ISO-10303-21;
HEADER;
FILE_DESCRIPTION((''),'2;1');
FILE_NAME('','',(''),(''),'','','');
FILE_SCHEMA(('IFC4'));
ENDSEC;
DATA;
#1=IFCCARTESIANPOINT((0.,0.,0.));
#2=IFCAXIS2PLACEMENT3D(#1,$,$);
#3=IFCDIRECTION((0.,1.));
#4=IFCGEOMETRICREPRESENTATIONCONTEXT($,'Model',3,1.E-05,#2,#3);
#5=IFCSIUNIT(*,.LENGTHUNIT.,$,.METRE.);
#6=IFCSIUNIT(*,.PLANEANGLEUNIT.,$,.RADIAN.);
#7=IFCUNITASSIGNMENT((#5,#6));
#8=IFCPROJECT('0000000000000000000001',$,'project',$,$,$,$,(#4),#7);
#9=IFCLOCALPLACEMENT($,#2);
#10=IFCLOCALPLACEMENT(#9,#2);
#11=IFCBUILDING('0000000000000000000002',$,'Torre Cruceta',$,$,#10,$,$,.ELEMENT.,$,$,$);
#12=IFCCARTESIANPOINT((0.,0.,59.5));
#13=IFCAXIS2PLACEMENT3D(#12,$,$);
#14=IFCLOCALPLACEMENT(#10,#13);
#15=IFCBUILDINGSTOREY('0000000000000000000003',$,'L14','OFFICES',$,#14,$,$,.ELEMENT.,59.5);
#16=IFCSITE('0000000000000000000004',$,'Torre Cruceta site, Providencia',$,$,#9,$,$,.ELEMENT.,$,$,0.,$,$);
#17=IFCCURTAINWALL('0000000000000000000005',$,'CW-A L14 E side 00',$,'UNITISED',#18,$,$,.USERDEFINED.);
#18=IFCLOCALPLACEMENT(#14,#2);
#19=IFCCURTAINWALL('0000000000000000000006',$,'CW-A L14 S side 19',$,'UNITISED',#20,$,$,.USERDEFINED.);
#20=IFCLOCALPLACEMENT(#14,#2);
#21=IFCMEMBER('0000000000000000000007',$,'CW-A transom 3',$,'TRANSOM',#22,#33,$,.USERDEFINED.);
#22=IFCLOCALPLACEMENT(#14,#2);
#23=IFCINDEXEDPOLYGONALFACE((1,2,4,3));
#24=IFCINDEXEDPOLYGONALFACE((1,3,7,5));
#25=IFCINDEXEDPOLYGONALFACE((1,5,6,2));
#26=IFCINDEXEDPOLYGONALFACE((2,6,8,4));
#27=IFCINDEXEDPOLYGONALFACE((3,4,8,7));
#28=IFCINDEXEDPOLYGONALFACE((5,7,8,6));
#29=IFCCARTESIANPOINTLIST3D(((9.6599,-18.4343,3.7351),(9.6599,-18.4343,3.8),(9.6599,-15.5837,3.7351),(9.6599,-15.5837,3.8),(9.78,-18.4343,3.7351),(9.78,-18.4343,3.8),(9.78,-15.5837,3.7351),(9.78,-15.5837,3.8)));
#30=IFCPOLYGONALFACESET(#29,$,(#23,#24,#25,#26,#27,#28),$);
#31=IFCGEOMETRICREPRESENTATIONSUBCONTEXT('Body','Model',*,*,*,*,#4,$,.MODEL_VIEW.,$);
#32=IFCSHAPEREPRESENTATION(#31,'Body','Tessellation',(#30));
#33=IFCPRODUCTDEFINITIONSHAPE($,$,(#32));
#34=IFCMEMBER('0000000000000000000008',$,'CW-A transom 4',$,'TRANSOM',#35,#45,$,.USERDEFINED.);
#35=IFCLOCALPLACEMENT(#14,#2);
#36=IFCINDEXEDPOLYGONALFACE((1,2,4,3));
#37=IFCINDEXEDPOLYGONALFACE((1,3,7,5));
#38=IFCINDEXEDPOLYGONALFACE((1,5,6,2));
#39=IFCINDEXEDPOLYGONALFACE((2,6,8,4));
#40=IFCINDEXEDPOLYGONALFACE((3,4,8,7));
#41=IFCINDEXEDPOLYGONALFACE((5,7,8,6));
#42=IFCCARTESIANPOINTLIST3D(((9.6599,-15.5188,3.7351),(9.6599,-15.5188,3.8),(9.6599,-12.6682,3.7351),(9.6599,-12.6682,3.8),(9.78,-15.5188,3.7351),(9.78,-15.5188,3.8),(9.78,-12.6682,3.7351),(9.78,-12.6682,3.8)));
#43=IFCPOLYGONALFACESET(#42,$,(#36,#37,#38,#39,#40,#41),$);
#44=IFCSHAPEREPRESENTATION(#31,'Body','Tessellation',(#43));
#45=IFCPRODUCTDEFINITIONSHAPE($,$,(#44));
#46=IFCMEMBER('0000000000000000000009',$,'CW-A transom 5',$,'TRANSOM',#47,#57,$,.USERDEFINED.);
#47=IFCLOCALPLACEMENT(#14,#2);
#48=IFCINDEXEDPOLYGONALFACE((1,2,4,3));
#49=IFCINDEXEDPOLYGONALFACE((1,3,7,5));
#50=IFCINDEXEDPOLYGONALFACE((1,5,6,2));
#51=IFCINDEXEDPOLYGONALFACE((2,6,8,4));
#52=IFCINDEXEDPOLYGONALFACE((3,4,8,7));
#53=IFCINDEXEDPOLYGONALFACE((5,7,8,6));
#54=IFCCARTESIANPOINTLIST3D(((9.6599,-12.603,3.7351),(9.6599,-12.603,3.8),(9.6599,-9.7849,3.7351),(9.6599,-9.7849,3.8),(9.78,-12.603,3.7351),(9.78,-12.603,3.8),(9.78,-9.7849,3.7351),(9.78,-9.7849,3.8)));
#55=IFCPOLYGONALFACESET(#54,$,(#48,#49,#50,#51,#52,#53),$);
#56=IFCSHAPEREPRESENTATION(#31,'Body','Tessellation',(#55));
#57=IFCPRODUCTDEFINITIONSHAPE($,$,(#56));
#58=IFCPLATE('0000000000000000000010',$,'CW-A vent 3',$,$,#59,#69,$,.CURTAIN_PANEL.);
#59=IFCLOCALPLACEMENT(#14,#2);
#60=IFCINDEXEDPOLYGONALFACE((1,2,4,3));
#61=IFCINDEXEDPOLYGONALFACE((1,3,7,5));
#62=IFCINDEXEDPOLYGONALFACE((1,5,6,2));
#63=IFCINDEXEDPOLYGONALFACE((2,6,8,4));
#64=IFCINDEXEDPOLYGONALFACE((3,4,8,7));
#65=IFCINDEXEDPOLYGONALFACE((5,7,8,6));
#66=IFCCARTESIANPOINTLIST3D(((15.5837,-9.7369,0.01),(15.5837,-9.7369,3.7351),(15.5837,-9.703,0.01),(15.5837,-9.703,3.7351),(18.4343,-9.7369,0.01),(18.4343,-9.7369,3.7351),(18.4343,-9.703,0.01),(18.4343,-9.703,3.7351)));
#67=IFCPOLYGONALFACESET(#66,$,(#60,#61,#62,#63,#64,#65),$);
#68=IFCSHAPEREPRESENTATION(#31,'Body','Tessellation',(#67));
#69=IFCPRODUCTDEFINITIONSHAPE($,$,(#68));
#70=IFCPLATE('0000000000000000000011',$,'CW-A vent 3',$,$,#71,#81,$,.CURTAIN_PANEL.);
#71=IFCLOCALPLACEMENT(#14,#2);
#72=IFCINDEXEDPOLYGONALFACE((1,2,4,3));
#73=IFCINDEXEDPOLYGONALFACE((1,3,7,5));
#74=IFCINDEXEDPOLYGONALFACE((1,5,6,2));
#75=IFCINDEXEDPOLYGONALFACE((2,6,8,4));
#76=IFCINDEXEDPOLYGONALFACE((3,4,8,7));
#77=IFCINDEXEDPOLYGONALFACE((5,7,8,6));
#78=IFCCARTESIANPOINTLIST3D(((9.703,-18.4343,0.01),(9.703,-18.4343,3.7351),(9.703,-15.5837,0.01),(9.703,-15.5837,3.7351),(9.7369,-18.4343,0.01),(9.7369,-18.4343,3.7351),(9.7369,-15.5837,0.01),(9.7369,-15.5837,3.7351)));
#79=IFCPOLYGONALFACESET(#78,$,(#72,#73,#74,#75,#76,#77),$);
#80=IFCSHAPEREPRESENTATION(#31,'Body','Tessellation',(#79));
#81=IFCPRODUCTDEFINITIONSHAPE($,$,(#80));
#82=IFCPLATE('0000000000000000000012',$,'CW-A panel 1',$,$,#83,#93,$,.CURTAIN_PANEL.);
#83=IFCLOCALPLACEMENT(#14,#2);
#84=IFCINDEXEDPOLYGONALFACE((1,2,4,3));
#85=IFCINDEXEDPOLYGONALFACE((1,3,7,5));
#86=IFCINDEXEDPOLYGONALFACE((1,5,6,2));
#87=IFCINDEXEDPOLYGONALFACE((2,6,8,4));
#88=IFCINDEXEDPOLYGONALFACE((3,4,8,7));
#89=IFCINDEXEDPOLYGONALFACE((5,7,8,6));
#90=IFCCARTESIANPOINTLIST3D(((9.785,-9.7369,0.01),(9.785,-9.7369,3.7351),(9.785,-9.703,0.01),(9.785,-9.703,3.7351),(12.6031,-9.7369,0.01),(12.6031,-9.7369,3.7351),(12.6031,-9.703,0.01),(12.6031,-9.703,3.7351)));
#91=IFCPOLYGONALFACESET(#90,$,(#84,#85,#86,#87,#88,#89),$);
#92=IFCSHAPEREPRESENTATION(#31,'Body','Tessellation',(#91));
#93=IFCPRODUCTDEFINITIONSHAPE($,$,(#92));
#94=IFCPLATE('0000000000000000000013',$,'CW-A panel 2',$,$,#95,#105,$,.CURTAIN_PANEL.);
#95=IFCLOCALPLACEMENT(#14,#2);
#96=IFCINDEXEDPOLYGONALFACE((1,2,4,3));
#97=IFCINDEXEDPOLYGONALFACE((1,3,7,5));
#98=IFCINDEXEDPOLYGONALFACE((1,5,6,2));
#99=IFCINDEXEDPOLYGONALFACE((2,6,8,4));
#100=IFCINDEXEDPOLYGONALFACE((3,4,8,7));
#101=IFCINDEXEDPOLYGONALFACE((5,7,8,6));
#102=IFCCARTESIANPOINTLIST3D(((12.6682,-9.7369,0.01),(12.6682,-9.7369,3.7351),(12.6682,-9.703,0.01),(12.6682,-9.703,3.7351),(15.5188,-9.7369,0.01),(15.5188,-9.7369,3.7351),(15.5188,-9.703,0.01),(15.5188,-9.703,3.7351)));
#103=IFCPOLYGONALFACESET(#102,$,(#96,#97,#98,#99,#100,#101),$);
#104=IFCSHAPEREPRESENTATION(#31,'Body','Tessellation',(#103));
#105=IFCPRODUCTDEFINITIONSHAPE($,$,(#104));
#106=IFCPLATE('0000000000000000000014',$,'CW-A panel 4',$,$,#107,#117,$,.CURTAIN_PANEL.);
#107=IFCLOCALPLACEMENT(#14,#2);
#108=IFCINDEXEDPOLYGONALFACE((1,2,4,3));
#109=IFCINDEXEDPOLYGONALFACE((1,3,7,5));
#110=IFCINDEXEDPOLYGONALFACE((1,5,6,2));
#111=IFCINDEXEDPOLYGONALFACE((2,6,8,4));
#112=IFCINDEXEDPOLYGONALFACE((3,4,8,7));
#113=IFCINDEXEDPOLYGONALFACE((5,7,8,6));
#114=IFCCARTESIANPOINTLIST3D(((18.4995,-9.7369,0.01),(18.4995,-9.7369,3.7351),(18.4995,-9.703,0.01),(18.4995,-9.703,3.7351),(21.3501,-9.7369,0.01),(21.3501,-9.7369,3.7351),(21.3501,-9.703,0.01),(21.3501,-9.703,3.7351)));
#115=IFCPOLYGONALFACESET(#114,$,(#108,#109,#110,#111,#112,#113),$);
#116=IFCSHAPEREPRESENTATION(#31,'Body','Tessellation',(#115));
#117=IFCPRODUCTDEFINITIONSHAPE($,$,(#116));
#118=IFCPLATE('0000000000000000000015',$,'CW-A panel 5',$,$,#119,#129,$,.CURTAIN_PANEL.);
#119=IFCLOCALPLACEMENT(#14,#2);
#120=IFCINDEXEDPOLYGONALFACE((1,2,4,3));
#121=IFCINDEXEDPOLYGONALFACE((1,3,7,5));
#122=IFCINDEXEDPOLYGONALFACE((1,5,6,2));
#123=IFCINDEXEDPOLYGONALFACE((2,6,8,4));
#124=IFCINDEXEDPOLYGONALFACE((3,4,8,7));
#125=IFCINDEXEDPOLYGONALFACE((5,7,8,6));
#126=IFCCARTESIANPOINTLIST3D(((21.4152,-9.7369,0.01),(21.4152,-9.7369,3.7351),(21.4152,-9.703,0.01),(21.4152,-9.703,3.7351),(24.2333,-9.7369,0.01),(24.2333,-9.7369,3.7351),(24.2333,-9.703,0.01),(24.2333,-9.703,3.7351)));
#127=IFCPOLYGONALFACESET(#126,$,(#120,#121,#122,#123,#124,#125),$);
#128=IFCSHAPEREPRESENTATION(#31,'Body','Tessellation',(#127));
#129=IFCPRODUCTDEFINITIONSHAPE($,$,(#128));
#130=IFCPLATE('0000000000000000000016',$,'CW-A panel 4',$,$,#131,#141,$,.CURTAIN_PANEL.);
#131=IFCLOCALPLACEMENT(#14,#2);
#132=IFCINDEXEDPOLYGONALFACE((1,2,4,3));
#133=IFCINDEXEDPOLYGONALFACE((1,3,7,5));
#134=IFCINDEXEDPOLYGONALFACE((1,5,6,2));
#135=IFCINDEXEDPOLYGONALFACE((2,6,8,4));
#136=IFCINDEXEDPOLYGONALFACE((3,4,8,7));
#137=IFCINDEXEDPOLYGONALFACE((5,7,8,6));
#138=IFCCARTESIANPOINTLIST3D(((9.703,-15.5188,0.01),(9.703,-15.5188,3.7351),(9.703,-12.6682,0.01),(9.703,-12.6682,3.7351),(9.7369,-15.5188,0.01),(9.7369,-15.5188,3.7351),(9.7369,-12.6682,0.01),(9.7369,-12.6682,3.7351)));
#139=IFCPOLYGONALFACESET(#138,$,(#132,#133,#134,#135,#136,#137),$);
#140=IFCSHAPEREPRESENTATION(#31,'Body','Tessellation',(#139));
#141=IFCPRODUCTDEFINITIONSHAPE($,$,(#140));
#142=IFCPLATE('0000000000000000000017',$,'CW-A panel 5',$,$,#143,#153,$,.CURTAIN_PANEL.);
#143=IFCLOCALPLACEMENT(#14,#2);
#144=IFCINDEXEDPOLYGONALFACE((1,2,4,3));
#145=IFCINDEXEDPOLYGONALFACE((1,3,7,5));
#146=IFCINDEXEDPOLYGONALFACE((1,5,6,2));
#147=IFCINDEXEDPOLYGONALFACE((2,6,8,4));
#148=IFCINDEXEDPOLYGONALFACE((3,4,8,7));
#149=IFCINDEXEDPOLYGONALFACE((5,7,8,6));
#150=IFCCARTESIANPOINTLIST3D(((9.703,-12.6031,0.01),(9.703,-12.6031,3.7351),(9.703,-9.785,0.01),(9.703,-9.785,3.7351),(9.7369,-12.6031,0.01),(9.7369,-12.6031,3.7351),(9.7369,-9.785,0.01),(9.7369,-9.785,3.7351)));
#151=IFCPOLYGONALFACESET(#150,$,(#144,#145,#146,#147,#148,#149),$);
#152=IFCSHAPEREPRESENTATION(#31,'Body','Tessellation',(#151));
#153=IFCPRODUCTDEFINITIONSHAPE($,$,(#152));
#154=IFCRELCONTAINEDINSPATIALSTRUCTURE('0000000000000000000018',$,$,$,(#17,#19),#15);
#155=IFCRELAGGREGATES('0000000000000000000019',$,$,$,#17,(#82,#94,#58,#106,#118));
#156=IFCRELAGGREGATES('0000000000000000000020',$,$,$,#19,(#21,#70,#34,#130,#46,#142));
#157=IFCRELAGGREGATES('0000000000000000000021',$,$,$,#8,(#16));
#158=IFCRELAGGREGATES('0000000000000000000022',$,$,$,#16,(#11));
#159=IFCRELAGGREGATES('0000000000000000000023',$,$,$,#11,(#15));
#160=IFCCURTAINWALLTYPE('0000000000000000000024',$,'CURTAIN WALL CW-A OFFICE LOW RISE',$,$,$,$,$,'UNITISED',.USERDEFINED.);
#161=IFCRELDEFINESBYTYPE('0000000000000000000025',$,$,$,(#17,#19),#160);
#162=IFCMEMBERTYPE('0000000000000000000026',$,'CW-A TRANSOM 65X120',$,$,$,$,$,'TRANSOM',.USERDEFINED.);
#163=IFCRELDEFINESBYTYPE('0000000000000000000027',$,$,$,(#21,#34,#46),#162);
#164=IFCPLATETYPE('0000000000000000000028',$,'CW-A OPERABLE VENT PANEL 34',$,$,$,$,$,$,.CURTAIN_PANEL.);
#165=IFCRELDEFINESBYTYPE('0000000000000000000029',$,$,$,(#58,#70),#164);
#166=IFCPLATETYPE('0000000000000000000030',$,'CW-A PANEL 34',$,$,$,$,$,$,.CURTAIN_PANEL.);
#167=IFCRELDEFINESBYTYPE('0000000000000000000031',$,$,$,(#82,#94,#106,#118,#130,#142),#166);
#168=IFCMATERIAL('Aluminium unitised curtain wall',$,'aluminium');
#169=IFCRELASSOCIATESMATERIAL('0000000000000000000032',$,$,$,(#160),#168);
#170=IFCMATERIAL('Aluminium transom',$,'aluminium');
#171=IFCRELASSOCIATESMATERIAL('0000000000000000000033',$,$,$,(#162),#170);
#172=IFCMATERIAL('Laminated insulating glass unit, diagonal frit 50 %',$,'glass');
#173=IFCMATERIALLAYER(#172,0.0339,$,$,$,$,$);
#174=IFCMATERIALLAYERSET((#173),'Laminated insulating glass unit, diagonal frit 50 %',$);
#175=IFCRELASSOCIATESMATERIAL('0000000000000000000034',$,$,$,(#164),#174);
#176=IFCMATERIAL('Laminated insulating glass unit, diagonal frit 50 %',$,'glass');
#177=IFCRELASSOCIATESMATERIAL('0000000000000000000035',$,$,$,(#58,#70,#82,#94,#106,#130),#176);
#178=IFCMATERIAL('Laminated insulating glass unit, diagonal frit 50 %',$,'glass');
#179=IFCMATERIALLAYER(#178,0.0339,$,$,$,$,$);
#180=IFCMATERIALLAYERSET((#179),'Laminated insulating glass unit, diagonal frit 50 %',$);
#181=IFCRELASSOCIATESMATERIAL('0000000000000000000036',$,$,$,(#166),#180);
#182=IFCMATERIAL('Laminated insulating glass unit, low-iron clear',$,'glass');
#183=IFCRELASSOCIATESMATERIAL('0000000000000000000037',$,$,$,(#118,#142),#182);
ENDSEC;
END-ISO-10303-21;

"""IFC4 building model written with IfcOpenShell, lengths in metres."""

from ifc_helpers import new_model, si_unit, direction, frame, origin, origin_2d, place, context, subcontext, project, spatial, rectangle, extrude, material, layer, layer_set, material_profile, profile_set, type_object, element, aggregate, save


model = new_model("IFC4")

# Units and contexts
model_context = context("Model", 3, precision=1e-05, world=origin(), true_north=direction((0.0, 1.0)))
body_context = subcontext(model_context, "Body", "Model", "MODEL_VIEW")
ifc_project = project(units=[si_unit("LENGTHUNIT", "METRE"), si_unit("PLANEANGLEUNIT", "RADIAN")], contexts=[model_context])

# Site, building, storey
site_placement = place(None, origin())
site = spatial("IfcSite", under=ifc_project, at=site_placement, Name="Torre Cruceta site, Providencia", CompositionType="ELEMENT", RefElevation=0.0)
building_placement = place(site_placement, origin())
building = spatial("IfcBuilding", under=site, at=building_placement, Name="Torre Cruceta", CompositionType="ELEMENT")
storey_placement = place(building_placement, frame((0.0, 0.0, 59.5)))
storey = spatial("IfcBuildingStorey", under=building, at=storey_placement, Name="L14", Description="OFFICES", CompositionType="ELEMENT", Elevation=59.5)

# Curtain walls
ifc_material_1 = material(Name="Aluminium unitised curtain wall", Category="aluminium")
curtain_wall_type = type_object("IfcCurtainWallType", Name="CURTAIN WALL CW-A OFFICE LOW RISE", ElementType="UNITISED", PredefinedType="USERDEFINED", material=ifc_material_1)
curtain_wall_1_placement = place(storey_placement, origin())
curtain_wall_1 = element("IfcCurtainWall", 1, at=curtain_wall_1_placement, inside=storey, type_object=curtain_wall_type, Name="CW-A L14 E side 00", ObjectType="UNITISED", PredefinedType="USERDEFINED")
curtain_wall_2_placement = place(storey_placement, origin())
curtain_wall_2 = element("IfcCurtainWall", 2, at=curtain_wall_2_placement, inside=storey, type_object=curtain_wall_type, Name="CW-A L14 S side 19", ObjectType="UNITISED", PredefinedType="USERDEFINED")

# Members
ifc_material_2 = material(Name="Aluminium transom", Category="aluminium")
ifc_material_profile_1 = material_profile(ifc_material_2, rectangle(XDim=0.1201, YDim=0.0649, at=origin_2d()), Name="AL 120X65")
ifc_profile_set_1 = profile_set([ifc_material_profile_1], Name="Aluminium transom")
member_type_1 = type_object("IfcMemberType", Name="CW-A TRANSOM 65X120", ElementType="TRANSOM", PredefinedType="USERDEFINED", material=ifc_profile_set_1)
member_1_placement = place(storey_placement, frame((9.72, -18.4343, 3.7676), z_axis=(0.0, 1.0, 0.0), x_axis=(-1.0, 0.0, 0.0)))
member_1 = element("IfcMember", 3, at=member_1_placement, type_object=member_type_1, Name="CW-A transom 3", ObjectType="TRANSOM", PredefinedType="USERDEFINED", context=body_context, shape_type="SweptSolid", body=[
    extrude(rectangle(XDim=0.1201, YDim=0.0649, at=origin_2d()), origin(), (0.0, 0.0, 1.0), 2.8506),
])
member_2_placement = place(storey_placement, frame((9.72, -15.5188, 3.7676), z_axis=(0.0, 1.0, 0.0), x_axis=(-1.0, 0.0, 0.0)))
member_2 = element("IfcMember", 4, at=member_2_placement, type_object=member_type_1, Name="CW-A transom 4", ObjectType="TRANSOM", PredefinedType="USERDEFINED", context=body_context, shape_type="SweptSolid", body=[
    extrude(rectangle(XDim=0.1201, YDim=0.0649, at=origin_2d()), origin(), (0.0, 0.0, 1.0), 2.8506),
])
member_3_placement = place(storey_placement, frame((9.72, -12.603, 3.7676), z_axis=(0.0, 1.0, 0.0), x_axis=(-1.0, 0.0, 0.0)))
member_3 = element("IfcMember", 5, at=member_3_placement, type_object=member_type_1, Name="CW-A transom 5", ObjectType="TRANSOM", PredefinedType="USERDEFINED", context=body_context, shape_type="SweptSolid", body=[
    extrude(rectangle(XDim=0.1201, YDim=0.0649, at=origin_2d()), origin(), (0.0, 0.0, 1.0), 2.8181),
])

# Plates
ifc_material_3 = material(Name="Laminated insulating glass unit, diagonal frit 50 %", Category="glass")
ifc_material_4 = material(Name="Laminated insulating glass unit, diagonal frit 50 %", Category="glass")
ifc_layer_1 = layer(ifc_material_4, 0.0339)
ifc_layer_set_1 = layer_set([ifc_layer_1], Name="Laminated insulating glass unit, diagonal frit 50 %")
plate_type_1 = type_object("IfcPlateType", Name="CW-A OPERABLE VENT PANEL 34", PredefinedType="CURTAIN_PANEL", material=ifc_layer_set_1)
plate_1_placement = place(storey_placement, frame((17.009, -9.72, 0.01), z_axis=(0.0, 0.0, 1.0), x_axis=(1.0, 0.0, 0.0)))
plate_1 = element("IfcPlate", 6, at=plate_1_placement, type_object=plate_type_1, material=ifc_material_3, Name="CW-A vent 3", PredefinedType="CURTAIN_PANEL", context=body_context, shape_type="SweptSolid", body=[
    extrude(rectangle(XDim=2.8506, YDim=0.0339, at=origin_2d()), origin(), (0.0, 0.0, 1.0), 3.7251),
])
plate_2_placement = place(storey_placement, frame((9.72, -17.009, 0.01), z_axis=(0.0, 0.0, 1.0), x_axis=(0.0, 1.0, 0.0)))
plate_2 = element("IfcPlate", 7, at=plate_2_placement, type_object=plate_type_1, material=ifc_material_3, Name="CW-A vent 3", PredefinedType="CURTAIN_PANEL", context=body_context, shape_type="SweptSolid", body=[
    extrude(rectangle(XDim=2.8506, YDim=0.0339, at=origin_2d()), origin(), (0.0, 0.0, 1.0), 3.7251),
])
ifc_material_5 = material(Name="Laminated insulating glass unit, diagonal frit 50 %", Category="glass")
ifc_layer_2 = layer(ifc_material_5, 0.0339)
ifc_layer_set_2 = layer_set([ifc_layer_2], Name="Laminated insulating glass unit, diagonal frit 50 %")
plate_type_2 = type_object("IfcPlateType", Name="CW-A PANEL 34", PredefinedType="CURTAIN_PANEL", material=ifc_layer_set_2)
plate_3_placement = place(storey_placement, frame((11.1941, -9.72, 0.01), z_axis=(0.0, 0.0, 1.0), x_axis=(1.0, 0.0, 0.0)))
plate_3 = element("IfcPlate", 8, at=plate_3_placement, type_object=plate_type_2, material=ifc_material_3, Name="CW-A panel 1", PredefinedType="CURTAIN_PANEL", context=body_context, shape_type="SweptSolid", body=[
    extrude(rectangle(XDim=2.8181, YDim=0.0339, at=origin_2d()), origin(), (0.0, 0.0, 1.0), 3.7251),
])
plate_4_placement = place(storey_placement, frame((14.0935, -9.72, 0.01), z_axis=(0.0, 0.0, 1.0), x_axis=(1.0, 0.0, 0.0)))
plate_4 = element("IfcPlate", 9, at=plate_4_placement, type_object=plate_type_2, material=ifc_material_3, Name="CW-A panel 2", PredefinedType="CURTAIN_PANEL", context=body_context, shape_type="SweptSolid", body=[
    extrude(rectangle(XDim=2.8506, YDim=0.0339, at=origin_2d()), origin(), (0.0, 0.0, 1.0), 3.7251),
])
plate_5_placement = place(storey_placement, frame((19.9248, -9.72, 0.01), z_axis=(0.0, 0.0, 1.0), x_axis=(1.0, 0.0, 0.0)))
plate_5 = element("IfcPlate", 10, at=plate_5_placement, type_object=plate_type_2, material=ifc_material_3, Name="CW-A panel 4", PredefinedType="CURTAIN_PANEL", context=body_context, shape_type="SweptSolid", body=[
    extrude(rectangle(XDim=2.8506, YDim=0.0339, at=origin_2d()), origin(), (0.0, 0.0, 1.0), 3.7251),
])
ifc_material_6 = material(Name="Laminated insulating glass unit, low-iron clear", Category="glass")
plate_6_placement = place(storey_placement, frame((22.8242, -9.72, 0.01), z_axis=(0.0, 0.0, 1.0), x_axis=(1.0, 0.0, 0.0)))
plate_6 = element("IfcPlate", 11, at=plate_6_placement, type_object=plate_type_2, material=ifc_material_6, Name="CW-A panel 5", PredefinedType="CURTAIN_PANEL", context=body_context, shape_type="SweptSolid", body=[
    extrude(rectangle(XDim=2.8181, YDim=0.0339, at=origin_2d()), origin(), (0.0, 0.0, 1.0), 3.7251),
])
aggregate(curtain_wall_1, [plate_3, plate_4, plate_1, plate_5, plate_6])
plate_7_placement = place(storey_placement, frame((9.72, -14.0935, 0.01), z_axis=(0.0, 0.0, 1.0), x_axis=(0.0, 1.0, 0.0)))
plate_7 = element("IfcPlate", 12, at=plate_7_placement, type_object=plate_type_2, material=ifc_material_3, Name="CW-A panel 4", PredefinedType="CURTAIN_PANEL", context=body_context, shape_type="SweptSolid", body=[
    extrude(rectangle(XDim=2.8506, YDim=0.0339, at=origin_2d()), origin(), (0.0, 0.0, 1.0), 3.7251),
])
plate_8_placement = place(storey_placement, frame((9.72, -11.1941, 0.01), z_axis=(0.0, 0.0, 1.0), x_axis=(0.0, 1.0, 0.0)))
plate_8 = element("IfcPlate", 13, at=plate_8_placement, type_object=plate_type_2, material=ifc_material_6, Name="CW-A panel 5", PredefinedType="CURTAIN_PANEL", context=body_context, shape_type="SweptSolid", body=[
    extrude(rectangle(XDim=2.8181, YDim=0.0339, at=origin_2d()), origin(), (0.0, 0.0, 1.0), 3.7251),
])
aggregate(curtain_wall_2, [member_1, plate_2, member_2, plate_7, member_3, plate_8])

save(model, "model.ifc")
